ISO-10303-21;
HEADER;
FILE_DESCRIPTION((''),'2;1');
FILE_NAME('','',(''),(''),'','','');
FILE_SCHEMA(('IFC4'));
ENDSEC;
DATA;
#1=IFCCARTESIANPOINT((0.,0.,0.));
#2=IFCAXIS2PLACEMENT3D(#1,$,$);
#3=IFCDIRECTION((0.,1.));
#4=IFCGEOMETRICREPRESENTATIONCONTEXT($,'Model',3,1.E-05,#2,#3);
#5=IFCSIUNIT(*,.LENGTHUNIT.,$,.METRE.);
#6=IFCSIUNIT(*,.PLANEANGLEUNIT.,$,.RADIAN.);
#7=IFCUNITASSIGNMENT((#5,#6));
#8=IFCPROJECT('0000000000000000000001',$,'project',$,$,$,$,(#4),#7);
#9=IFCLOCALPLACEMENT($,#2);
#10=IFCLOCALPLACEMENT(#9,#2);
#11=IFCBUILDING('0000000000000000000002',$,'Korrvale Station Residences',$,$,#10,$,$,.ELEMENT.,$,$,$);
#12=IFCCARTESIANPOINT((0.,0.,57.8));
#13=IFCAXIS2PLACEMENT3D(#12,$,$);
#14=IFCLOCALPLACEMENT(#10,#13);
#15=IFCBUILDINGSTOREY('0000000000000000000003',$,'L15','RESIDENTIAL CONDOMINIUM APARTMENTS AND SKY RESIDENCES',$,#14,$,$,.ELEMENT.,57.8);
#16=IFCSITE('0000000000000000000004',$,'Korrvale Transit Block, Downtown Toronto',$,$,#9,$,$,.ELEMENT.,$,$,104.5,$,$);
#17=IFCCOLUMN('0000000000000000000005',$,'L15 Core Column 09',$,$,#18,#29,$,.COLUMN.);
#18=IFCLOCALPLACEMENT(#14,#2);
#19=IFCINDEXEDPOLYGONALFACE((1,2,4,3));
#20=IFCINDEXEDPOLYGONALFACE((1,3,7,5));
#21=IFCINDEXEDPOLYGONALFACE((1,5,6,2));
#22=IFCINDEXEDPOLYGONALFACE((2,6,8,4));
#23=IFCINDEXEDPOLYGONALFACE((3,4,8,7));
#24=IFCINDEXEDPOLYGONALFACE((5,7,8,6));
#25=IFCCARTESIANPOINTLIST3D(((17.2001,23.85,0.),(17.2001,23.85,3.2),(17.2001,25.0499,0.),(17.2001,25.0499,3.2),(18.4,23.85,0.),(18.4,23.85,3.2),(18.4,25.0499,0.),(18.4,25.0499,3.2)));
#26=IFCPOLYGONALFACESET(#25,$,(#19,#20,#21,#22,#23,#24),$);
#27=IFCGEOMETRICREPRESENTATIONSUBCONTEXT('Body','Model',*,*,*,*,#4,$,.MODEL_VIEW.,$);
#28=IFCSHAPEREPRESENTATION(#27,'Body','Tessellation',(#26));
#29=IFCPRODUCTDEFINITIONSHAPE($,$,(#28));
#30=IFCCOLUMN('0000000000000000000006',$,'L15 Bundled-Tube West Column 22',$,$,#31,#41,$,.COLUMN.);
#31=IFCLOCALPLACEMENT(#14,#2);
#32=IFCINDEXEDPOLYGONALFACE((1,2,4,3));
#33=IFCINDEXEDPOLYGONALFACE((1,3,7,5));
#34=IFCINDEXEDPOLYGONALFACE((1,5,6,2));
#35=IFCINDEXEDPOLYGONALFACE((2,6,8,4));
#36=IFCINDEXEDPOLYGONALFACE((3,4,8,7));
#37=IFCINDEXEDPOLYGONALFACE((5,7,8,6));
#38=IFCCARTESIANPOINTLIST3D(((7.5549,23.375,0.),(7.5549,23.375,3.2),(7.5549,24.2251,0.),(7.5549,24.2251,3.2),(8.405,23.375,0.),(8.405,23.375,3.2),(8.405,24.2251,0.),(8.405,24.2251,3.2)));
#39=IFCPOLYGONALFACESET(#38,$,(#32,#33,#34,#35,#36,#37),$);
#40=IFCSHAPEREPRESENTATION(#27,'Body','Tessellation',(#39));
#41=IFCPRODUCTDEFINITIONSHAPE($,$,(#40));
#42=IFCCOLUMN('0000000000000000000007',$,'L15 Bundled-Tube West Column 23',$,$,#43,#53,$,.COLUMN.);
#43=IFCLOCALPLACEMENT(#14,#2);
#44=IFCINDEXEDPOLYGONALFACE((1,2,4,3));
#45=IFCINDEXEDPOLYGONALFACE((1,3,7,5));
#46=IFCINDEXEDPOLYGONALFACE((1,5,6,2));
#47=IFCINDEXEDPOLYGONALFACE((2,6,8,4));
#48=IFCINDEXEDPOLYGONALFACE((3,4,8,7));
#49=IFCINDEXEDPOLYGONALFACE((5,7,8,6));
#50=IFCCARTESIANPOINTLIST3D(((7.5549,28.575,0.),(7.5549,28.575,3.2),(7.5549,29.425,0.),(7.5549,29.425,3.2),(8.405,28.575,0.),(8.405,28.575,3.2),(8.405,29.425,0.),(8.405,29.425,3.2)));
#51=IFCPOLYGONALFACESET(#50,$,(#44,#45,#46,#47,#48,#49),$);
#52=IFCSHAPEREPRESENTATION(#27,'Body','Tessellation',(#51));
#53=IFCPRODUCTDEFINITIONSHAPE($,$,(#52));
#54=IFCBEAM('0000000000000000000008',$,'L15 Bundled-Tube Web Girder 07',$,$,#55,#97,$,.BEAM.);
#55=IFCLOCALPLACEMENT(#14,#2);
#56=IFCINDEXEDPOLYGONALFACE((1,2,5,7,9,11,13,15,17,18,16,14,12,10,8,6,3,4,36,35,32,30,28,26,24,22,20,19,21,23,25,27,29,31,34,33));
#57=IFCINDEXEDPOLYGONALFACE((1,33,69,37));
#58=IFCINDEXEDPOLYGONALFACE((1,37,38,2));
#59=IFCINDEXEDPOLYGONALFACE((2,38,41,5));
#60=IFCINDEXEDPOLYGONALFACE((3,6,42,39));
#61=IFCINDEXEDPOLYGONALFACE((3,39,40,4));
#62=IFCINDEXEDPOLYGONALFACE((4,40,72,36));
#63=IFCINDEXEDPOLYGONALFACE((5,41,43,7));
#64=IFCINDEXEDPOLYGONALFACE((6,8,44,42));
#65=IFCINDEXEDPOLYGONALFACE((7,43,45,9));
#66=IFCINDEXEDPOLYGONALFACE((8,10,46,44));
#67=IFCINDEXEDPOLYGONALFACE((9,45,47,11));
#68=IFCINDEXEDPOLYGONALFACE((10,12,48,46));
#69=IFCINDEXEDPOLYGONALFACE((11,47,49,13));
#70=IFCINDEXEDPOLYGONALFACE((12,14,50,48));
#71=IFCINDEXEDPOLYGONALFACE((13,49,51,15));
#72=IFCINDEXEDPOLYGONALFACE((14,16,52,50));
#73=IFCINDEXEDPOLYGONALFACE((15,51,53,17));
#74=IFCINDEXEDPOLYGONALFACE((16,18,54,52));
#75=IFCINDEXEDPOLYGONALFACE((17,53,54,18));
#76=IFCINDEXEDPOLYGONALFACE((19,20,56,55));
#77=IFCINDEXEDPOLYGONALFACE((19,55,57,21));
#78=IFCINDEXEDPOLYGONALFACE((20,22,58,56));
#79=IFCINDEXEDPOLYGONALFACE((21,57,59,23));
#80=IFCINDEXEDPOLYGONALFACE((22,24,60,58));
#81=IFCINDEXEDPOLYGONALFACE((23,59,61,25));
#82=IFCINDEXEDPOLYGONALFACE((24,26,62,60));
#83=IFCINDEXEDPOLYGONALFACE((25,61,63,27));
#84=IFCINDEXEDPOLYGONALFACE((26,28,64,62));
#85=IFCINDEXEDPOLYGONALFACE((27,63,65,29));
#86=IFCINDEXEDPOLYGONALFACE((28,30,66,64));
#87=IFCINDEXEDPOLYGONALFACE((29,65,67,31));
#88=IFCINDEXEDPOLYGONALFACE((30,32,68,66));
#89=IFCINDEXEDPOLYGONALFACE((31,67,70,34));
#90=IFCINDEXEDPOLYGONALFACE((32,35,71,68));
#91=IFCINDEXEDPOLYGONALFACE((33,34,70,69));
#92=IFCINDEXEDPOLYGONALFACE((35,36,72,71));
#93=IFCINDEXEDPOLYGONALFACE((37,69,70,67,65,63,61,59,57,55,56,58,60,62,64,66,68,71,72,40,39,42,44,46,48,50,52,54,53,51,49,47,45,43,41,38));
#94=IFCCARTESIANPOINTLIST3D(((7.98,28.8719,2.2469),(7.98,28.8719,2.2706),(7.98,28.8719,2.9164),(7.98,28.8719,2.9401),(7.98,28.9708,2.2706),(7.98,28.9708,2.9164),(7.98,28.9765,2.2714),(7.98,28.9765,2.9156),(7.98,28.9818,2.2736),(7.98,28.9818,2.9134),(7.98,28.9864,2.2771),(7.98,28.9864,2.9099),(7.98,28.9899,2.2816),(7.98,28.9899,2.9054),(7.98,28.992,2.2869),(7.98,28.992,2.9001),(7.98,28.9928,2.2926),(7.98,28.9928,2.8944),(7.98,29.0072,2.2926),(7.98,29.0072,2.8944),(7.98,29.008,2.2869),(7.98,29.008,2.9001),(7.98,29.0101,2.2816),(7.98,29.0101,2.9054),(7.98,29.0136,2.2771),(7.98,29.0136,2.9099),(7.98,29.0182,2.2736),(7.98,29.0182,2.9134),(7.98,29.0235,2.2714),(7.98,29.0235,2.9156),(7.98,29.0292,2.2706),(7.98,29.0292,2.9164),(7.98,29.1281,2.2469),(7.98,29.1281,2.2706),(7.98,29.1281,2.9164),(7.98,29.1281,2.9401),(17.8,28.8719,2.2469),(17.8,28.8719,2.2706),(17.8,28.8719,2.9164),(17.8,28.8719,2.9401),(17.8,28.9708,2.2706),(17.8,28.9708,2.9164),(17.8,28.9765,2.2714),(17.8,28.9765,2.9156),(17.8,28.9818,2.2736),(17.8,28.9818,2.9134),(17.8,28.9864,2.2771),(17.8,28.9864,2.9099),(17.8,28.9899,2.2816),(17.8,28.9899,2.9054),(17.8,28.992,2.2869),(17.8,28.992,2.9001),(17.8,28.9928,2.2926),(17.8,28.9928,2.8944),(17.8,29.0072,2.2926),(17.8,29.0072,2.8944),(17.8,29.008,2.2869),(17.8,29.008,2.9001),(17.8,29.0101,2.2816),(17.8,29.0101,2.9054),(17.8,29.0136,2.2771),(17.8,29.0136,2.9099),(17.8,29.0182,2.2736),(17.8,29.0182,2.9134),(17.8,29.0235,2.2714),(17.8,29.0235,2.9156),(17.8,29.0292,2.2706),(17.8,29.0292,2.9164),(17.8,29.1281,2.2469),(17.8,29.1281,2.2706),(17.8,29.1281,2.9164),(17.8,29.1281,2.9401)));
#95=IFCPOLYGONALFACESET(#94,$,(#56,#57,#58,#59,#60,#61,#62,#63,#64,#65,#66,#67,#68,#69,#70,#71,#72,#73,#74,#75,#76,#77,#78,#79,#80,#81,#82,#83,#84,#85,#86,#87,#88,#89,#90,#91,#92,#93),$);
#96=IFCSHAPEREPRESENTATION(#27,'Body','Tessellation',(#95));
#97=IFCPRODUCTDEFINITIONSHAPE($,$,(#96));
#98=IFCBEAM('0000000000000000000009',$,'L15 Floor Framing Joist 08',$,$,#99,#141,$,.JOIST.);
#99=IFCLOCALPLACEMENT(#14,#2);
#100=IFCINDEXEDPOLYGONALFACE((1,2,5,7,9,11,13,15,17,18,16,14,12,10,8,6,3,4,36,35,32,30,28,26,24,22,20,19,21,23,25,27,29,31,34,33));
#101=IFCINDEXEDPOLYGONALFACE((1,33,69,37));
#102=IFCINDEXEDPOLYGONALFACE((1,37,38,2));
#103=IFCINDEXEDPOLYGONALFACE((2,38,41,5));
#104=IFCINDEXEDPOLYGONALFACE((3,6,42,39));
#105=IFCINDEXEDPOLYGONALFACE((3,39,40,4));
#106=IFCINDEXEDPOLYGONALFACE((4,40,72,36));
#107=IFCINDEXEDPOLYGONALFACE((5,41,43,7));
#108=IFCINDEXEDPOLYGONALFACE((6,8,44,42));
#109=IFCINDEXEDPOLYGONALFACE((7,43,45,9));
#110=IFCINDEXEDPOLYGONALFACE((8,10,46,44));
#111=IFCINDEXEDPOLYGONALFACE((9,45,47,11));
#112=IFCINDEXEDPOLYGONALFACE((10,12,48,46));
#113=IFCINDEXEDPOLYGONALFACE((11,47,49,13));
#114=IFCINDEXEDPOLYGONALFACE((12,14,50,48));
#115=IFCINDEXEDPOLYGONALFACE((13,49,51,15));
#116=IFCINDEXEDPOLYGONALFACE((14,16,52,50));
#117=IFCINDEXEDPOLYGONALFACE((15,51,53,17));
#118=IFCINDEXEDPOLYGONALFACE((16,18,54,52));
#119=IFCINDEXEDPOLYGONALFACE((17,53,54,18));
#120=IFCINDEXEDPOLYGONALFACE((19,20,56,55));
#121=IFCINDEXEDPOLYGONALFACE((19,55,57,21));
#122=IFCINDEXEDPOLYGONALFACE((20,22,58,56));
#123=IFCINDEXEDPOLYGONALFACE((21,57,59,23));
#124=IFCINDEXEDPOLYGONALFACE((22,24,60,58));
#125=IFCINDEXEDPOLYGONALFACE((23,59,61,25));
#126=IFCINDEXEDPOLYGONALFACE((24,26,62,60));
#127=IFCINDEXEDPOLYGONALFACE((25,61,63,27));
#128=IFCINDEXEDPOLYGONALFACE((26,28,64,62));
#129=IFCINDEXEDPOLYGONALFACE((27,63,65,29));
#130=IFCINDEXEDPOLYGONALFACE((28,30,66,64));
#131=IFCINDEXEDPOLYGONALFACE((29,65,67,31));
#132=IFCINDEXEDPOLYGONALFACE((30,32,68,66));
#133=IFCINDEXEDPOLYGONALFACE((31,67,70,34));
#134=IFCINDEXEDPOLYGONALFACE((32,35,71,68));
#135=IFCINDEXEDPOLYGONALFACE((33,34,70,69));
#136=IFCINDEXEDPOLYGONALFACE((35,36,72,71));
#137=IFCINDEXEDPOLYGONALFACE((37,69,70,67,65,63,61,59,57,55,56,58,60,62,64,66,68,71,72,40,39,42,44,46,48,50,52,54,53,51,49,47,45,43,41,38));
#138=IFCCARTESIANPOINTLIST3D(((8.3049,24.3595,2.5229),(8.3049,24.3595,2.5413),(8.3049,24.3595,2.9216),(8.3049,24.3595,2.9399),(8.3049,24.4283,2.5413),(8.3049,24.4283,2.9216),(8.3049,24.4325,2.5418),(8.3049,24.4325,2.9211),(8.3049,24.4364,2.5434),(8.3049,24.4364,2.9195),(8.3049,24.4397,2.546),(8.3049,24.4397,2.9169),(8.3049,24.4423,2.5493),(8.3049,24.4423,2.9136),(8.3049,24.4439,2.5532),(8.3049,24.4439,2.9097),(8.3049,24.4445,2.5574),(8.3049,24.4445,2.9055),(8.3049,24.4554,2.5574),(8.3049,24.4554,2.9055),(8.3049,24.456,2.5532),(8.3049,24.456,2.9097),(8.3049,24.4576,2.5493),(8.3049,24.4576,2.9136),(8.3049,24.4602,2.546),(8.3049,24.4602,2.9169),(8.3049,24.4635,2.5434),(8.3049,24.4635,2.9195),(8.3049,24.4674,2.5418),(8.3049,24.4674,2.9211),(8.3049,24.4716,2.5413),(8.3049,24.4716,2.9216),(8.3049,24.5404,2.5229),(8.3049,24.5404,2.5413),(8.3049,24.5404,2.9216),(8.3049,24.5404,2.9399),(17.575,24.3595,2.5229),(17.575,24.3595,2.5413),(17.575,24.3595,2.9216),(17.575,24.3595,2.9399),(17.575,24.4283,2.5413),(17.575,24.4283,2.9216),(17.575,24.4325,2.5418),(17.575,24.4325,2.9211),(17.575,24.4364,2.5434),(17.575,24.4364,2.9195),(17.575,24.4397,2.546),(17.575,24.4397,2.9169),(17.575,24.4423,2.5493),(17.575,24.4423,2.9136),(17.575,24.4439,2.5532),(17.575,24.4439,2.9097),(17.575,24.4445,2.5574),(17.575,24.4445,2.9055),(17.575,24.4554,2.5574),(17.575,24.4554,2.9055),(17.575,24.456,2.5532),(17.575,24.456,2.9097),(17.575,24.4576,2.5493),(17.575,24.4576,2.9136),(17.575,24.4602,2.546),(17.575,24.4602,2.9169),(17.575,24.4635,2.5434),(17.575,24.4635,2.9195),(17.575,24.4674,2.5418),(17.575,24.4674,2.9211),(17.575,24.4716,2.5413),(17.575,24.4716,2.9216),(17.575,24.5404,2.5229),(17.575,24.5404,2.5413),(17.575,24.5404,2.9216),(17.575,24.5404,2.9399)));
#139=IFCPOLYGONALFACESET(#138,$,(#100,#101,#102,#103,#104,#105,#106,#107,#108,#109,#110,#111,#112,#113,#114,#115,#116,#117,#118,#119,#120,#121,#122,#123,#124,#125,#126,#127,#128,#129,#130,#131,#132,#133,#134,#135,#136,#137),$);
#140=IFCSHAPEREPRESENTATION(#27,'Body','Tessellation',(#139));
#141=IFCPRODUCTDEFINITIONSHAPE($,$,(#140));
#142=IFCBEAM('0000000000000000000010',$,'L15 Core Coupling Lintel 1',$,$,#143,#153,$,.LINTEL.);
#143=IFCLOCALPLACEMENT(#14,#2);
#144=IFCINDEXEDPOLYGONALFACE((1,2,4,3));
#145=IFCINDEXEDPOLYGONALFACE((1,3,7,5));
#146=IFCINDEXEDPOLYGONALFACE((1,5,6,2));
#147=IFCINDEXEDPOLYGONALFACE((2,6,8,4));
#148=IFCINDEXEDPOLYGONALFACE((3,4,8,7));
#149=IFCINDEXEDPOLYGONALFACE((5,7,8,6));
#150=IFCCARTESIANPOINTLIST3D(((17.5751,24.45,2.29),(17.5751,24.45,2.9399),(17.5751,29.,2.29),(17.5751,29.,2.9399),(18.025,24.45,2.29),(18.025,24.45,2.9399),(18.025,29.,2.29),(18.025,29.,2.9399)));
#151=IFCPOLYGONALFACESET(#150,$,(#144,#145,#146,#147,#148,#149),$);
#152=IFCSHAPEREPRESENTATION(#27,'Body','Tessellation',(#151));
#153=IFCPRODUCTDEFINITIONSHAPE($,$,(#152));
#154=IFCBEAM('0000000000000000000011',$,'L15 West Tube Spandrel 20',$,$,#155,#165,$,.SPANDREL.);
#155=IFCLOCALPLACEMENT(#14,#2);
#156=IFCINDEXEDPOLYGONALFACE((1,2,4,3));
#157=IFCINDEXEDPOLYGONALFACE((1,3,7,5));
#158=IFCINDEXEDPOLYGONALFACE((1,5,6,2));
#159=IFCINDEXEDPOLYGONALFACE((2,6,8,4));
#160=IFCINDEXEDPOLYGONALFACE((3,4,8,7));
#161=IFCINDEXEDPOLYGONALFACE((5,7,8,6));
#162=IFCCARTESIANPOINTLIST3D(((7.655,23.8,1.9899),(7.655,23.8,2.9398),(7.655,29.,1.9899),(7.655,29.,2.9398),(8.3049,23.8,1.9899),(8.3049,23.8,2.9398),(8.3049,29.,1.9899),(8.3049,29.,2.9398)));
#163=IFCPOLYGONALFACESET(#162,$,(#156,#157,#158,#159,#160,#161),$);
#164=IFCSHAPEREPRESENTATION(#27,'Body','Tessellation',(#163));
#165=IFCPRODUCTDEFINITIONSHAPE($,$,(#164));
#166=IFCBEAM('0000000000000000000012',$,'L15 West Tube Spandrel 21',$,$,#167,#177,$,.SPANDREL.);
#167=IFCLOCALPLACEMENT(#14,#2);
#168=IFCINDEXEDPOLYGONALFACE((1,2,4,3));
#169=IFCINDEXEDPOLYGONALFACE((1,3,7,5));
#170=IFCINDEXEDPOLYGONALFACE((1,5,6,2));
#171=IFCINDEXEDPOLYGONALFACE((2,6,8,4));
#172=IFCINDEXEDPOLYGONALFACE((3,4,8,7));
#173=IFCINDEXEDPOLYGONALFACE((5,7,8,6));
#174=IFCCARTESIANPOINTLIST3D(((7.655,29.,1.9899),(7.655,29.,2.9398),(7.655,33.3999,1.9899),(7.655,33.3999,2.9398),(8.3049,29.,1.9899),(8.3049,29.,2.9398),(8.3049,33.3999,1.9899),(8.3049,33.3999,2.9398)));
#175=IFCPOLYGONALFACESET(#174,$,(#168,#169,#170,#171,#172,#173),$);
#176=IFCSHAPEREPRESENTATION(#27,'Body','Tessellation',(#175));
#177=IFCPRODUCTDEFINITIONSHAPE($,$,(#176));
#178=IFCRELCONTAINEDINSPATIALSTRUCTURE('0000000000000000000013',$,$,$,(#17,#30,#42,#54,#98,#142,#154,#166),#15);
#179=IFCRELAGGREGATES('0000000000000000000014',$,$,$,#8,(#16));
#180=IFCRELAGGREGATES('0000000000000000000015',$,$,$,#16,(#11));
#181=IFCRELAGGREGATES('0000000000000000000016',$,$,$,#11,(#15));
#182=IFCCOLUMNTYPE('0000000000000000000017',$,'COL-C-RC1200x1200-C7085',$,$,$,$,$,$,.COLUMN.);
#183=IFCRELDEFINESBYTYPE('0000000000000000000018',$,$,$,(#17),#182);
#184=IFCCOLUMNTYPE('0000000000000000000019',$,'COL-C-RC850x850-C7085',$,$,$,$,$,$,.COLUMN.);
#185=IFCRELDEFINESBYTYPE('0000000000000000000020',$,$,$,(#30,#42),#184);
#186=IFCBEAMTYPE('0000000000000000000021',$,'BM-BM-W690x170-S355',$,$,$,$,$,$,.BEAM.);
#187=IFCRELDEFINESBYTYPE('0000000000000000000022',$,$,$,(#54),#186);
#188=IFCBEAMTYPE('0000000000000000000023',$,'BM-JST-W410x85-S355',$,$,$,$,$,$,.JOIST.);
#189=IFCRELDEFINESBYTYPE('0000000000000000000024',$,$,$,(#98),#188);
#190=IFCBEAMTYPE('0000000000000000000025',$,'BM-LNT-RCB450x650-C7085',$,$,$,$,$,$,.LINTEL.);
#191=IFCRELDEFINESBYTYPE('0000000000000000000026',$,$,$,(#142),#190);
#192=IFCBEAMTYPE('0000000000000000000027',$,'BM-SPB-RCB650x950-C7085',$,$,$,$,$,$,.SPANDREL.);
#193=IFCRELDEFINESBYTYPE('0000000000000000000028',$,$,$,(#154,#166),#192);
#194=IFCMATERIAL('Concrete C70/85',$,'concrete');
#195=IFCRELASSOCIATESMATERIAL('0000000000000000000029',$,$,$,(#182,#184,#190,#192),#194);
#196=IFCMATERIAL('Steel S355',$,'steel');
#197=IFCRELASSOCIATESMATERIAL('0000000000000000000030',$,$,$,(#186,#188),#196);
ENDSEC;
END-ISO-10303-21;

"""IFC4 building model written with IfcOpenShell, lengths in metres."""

from ifc_helpers import new_model, si_unit, direction, frame, origin, origin_2d, place, context, subcontext, project, spatial, rectangle, i_section, extrude, material, material_profile, profile_set, type_object, element, save


model = new_model("IFC4")

# Units and contexts
model_context = context("Model", 3, precision=1e-05, world=origin(), true_north=direction((0.0, 1.0)))
body_context = subcontext(model_context, "Body", "Model", "MODEL_VIEW")
ifc_project = project(units=[si_unit("LENGTHUNIT", "METRE"), si_unit("PLANEANGLEUNIT", "RADIAN")], contexts=[model_context])

# Site, building, storey
site_placement = place(None, origin())
site = spatial("IfcSite", under=ifc_project, at=site_placement, Name="Korrvale Transit Block, Downtown Toronto", CompositionType="ELEMENT", RefElevation=104.5)
building_placement = place(site_placement, origin())
building = spatial("IfcBuilding", under=site, at=building_placement, Name="Korrvale Station Residences", CompositionType="ELEMENT")
storey_placement = place(building_placement, frame((0.0, 0.0, 57.8)))
storey = spatial("IfcBuildingStorey", under=building, at=storey_placement, Name="L15", Description="RESIDENTIAL CONDOMINIUM APARTMENTS AND SKY RESIDENCES", CompositionType="ELEMENT", Elevation=57.8)

# Columns
ifc_material_1 = material(Name="Concrete C70/85", Category="concrete")
ifc_material_profile_1 = material_profile(ifc_material_1, rectangle(XDim=1.2, YDim=1.2, at=origin_2d()), Name="RC1200x1200")
ifc_profile_set_1 = profile_set([ifc_material_profile_1], Name="Concrete C70/85")
column_type_1 = type_object("IfcColumnType", Name="COL-C-RC1200x1200-C7085", PredefinedType="COLUMN", material=ifc_profile_set_1)
column_placement = place(storey_placement, frame((17.8, 24.45, 0.0), z_axis=(0.0, 0.0, 1.0), x_axis=(1.0, 0.0, 0.0)))
element("IfcColumn", 1, at=column_placement, inside=storey, type_object=column_type_1, Name="L15 Core Column 09", PredefinedType="COLUMN", context=body_context, shape_type="SweptSolid", body=[
    extrude(rectangle(XDim=1.2, YDim=1.2, at=origin_2d()), origin(), (0.0, 0.0, 1.0), 3.2),
])
ifc_material_profile_2 = material_profile(ifc_material_1, rectangle(XDim=0.8501, YDim=0.8501, at=origin_2d()), Name="RC850x850")
ifc_profile_set_2 = profile_set([ifc_material_profile_2], Name="Concrete C70/85")
column_type_2 = type_object("IfcColumnType", Name="COL-C-RC850x850-C7085", PredefinedType="COLUMN", material=ifc_profile_set_2)
for number, where, z_axis, x_axis, name in (
    (2, (7.98, 23.8, 0.0), (0.0, 0.0, 1.0), (1.0, 0.0, 0.0), "L15 Bundled-Tube West Column 22"),
    (3, (7.98, 29.0, 0.0), (0.0, 0.0, 1.0), (1.0, 0.0, 0.0), "L15 Bundled-Tube West Column 23"),
):
    element("IfcColumn", number, at=place(storey_placement, frame(where, z_axis=z_axis, x_axis=x_axis)), inside=storey, type_object=column_type_2, Name=name, PredefinedType="COLUMN", context=body_context, shape_type="SweptSolid", body=[
        extrude(rectangle(XDim=0.8501, YDim=0.8501, at=origin_2d()), origin(), (0.0, 0.0, 1.0), 3.2),
    ])

# Beams
ifc_material_2 = material(Name="Steel S355", Category="steel")
ifc_material_profile_3 = material_profile(ifc_material_2, i_section(OverallWidth=0.2561, OverallDepth=0.6931, WebThickness=0.0144, FlangeThickness=0.0237, FilletRadius=0.022, at=origin_2d()), Name="W690x170")
ifc_profile_set_3 = profile_set([ifc_material_profile_3], Name="Steel S355")
beam_type_1 = type_object("IfcBeamType", Name="BM-BM-W690x170-S355", PredefinedType="BEAM", material=ifc_profile_set_3)
beam_1_placement = place(storey_placement, frame((7.98, 29.0, 2.5935), z_axis=(1.0, 0.0, 0.0), x_axis=(0.0, 1.0, 0.0)))
element("IfcBeam", 4, at=beam_1_placement, inside=storey, type_object=beam_type_1, Name="L15 Bundled-Tube Web Girder 07", PredefinedType="BEAM", context=body_context, shape_type="SweptSolid", body=[
    extrude(i_section(OverallWidth=0.2561, OverallDepth=0.6931, WebThickness=0.0144, FlangeThickness=0.0237, FilletRadius=0.022, at=origin_2d()), origin(), (0.0, 0.0, 1.0), 9.8201),
])
ifc_material_profile_4 = material_profile(ifc_material_2, i_section(OverallWidth=0.1809, OverallDepth=0.417, WebThickness=0.011, FlangeThickness=0.0183, FilletRadius=0.0161, at=origin_2d()), Name="W410x85")
ifc_profile_set_4 = profile_set([ifc_material_profile_4], Name="Steel S355")
beam_type_2 = type_object("IfcBeamType", Name="BM-JST-W410x85-S355", PredefinedType="JOIST", material=ifc_profile_set_4)
beam_2_placement = place(storey_placement, frame((8.3049, 24.45, 2.7314), z_axis=(1.0, 0.0, 0.0), x_axis=(0.0, 1.0, 0.0)))
element("IfcBeam", 5, at=beam_2_placement, inside=storey, type_object=beam_type_2, Name="L15 Floor Framing Joist 08", PredefinedType="JOIST", context=body_context, shape_type="SweptSolid", body=[
    extrude(i_section(OverallWidth=0.1809, OverallDepth=0.417, WebThickness=0.011, FlangeThickness=0.0183, FilletRadius=0.0161, at=origin_2d()), origin(), (0.0, 0.0, 1.0), 9.27),
])
ifc_material_profile_5 = material_profile(ifc_material_1, rectangle(XDim=0.45, YDim=0.6499, at=origin_2d()), Name="RCB450x650")
ifc_profile_set_5 = profile_set([ifc_material_profile_5], Name="Concrete C70/85")
beam_type_3 = type_object("IfcBeamType", Name="BM-LNT-RCB450x650-C7085", PredefinedType="LINTEL", material=ifc_profile_set_5)
beam_3_placement = place(storey_placement, frame((17.8, 24.45, 2.615), z_axis=(0.0, 1.0, 0.0), x_axis=(-1.0, 0.0, 0.0)))
element("IfcBeam", 6, at=beam_3_placement, inside=storey, type_object=beam_type_3, Name="L15 Core Coupling Lintel 1", PredefinedType="LINTEL", context=body_context, shape_type="SweptSolid", body=[
    extrude(rectangle(XDim=0.45, YDim=0.6499, at=origin_2d()), origin(), (0.0, 0.0, 1.0), 4.55),
])
ifc_material_profile_6 = material_profile(ifc_material_1, rectangle(XDim=0.6499, YDim=0.95, at=origin_2d()), Name="RCB650x950")
ifc_profile_set_6 = profile_set([ifc_material_profile_6], Name="Concrete C70/85")
beam_type_4 = type_object("IfcBeamType", Name="BM-SPB-RCB650x950-C7085", PredefinedType="SPANDREL", material=ifc_profile_set_6)
beam_4_placement = place(storey_placement, frame((7.98, 23.8, 2.4648), z_axis=(0.0, 1.0, 0.0), x_axis=(-1.0, 0.0, 0.0)))
element("IfcBeam", 7, at=beam_4_placement, inside=storey, type_object=beam_type_4, Name="L15 West Tube Spandrel 20", PredefinedType="SPANDREL", context=body_context, shape_type="SweptSolid", body=[
    extrude(rectangle(XDim=0.6499, YDim=0.95, at=origin_2d()), origin(), (0.0, 0.0, 1.0), 5.2),
])
beam_5_placement = place(storey_placement, frame((7.98, 29.0, 2.4648), z_axis=(0.0, 1.0, 0.0), x_axis=(-1.0, 0.0, 0.0)))
element("IfcBeam", 8, at=beam_5_placement, inside=storey, type_object=beam_type_4, Name="L15 West Tube Spandrel 21", PredefinedType="SPANDREL", context=body_context, shape_type="SweptSolid", body=[
    extrude(rectangle(XDim=0.6499, YDim=0.95, at=origin_2d()), origin(), (0.0, 0.0, 1.0), 4.3999),
])

save(model, "model.ifc")
